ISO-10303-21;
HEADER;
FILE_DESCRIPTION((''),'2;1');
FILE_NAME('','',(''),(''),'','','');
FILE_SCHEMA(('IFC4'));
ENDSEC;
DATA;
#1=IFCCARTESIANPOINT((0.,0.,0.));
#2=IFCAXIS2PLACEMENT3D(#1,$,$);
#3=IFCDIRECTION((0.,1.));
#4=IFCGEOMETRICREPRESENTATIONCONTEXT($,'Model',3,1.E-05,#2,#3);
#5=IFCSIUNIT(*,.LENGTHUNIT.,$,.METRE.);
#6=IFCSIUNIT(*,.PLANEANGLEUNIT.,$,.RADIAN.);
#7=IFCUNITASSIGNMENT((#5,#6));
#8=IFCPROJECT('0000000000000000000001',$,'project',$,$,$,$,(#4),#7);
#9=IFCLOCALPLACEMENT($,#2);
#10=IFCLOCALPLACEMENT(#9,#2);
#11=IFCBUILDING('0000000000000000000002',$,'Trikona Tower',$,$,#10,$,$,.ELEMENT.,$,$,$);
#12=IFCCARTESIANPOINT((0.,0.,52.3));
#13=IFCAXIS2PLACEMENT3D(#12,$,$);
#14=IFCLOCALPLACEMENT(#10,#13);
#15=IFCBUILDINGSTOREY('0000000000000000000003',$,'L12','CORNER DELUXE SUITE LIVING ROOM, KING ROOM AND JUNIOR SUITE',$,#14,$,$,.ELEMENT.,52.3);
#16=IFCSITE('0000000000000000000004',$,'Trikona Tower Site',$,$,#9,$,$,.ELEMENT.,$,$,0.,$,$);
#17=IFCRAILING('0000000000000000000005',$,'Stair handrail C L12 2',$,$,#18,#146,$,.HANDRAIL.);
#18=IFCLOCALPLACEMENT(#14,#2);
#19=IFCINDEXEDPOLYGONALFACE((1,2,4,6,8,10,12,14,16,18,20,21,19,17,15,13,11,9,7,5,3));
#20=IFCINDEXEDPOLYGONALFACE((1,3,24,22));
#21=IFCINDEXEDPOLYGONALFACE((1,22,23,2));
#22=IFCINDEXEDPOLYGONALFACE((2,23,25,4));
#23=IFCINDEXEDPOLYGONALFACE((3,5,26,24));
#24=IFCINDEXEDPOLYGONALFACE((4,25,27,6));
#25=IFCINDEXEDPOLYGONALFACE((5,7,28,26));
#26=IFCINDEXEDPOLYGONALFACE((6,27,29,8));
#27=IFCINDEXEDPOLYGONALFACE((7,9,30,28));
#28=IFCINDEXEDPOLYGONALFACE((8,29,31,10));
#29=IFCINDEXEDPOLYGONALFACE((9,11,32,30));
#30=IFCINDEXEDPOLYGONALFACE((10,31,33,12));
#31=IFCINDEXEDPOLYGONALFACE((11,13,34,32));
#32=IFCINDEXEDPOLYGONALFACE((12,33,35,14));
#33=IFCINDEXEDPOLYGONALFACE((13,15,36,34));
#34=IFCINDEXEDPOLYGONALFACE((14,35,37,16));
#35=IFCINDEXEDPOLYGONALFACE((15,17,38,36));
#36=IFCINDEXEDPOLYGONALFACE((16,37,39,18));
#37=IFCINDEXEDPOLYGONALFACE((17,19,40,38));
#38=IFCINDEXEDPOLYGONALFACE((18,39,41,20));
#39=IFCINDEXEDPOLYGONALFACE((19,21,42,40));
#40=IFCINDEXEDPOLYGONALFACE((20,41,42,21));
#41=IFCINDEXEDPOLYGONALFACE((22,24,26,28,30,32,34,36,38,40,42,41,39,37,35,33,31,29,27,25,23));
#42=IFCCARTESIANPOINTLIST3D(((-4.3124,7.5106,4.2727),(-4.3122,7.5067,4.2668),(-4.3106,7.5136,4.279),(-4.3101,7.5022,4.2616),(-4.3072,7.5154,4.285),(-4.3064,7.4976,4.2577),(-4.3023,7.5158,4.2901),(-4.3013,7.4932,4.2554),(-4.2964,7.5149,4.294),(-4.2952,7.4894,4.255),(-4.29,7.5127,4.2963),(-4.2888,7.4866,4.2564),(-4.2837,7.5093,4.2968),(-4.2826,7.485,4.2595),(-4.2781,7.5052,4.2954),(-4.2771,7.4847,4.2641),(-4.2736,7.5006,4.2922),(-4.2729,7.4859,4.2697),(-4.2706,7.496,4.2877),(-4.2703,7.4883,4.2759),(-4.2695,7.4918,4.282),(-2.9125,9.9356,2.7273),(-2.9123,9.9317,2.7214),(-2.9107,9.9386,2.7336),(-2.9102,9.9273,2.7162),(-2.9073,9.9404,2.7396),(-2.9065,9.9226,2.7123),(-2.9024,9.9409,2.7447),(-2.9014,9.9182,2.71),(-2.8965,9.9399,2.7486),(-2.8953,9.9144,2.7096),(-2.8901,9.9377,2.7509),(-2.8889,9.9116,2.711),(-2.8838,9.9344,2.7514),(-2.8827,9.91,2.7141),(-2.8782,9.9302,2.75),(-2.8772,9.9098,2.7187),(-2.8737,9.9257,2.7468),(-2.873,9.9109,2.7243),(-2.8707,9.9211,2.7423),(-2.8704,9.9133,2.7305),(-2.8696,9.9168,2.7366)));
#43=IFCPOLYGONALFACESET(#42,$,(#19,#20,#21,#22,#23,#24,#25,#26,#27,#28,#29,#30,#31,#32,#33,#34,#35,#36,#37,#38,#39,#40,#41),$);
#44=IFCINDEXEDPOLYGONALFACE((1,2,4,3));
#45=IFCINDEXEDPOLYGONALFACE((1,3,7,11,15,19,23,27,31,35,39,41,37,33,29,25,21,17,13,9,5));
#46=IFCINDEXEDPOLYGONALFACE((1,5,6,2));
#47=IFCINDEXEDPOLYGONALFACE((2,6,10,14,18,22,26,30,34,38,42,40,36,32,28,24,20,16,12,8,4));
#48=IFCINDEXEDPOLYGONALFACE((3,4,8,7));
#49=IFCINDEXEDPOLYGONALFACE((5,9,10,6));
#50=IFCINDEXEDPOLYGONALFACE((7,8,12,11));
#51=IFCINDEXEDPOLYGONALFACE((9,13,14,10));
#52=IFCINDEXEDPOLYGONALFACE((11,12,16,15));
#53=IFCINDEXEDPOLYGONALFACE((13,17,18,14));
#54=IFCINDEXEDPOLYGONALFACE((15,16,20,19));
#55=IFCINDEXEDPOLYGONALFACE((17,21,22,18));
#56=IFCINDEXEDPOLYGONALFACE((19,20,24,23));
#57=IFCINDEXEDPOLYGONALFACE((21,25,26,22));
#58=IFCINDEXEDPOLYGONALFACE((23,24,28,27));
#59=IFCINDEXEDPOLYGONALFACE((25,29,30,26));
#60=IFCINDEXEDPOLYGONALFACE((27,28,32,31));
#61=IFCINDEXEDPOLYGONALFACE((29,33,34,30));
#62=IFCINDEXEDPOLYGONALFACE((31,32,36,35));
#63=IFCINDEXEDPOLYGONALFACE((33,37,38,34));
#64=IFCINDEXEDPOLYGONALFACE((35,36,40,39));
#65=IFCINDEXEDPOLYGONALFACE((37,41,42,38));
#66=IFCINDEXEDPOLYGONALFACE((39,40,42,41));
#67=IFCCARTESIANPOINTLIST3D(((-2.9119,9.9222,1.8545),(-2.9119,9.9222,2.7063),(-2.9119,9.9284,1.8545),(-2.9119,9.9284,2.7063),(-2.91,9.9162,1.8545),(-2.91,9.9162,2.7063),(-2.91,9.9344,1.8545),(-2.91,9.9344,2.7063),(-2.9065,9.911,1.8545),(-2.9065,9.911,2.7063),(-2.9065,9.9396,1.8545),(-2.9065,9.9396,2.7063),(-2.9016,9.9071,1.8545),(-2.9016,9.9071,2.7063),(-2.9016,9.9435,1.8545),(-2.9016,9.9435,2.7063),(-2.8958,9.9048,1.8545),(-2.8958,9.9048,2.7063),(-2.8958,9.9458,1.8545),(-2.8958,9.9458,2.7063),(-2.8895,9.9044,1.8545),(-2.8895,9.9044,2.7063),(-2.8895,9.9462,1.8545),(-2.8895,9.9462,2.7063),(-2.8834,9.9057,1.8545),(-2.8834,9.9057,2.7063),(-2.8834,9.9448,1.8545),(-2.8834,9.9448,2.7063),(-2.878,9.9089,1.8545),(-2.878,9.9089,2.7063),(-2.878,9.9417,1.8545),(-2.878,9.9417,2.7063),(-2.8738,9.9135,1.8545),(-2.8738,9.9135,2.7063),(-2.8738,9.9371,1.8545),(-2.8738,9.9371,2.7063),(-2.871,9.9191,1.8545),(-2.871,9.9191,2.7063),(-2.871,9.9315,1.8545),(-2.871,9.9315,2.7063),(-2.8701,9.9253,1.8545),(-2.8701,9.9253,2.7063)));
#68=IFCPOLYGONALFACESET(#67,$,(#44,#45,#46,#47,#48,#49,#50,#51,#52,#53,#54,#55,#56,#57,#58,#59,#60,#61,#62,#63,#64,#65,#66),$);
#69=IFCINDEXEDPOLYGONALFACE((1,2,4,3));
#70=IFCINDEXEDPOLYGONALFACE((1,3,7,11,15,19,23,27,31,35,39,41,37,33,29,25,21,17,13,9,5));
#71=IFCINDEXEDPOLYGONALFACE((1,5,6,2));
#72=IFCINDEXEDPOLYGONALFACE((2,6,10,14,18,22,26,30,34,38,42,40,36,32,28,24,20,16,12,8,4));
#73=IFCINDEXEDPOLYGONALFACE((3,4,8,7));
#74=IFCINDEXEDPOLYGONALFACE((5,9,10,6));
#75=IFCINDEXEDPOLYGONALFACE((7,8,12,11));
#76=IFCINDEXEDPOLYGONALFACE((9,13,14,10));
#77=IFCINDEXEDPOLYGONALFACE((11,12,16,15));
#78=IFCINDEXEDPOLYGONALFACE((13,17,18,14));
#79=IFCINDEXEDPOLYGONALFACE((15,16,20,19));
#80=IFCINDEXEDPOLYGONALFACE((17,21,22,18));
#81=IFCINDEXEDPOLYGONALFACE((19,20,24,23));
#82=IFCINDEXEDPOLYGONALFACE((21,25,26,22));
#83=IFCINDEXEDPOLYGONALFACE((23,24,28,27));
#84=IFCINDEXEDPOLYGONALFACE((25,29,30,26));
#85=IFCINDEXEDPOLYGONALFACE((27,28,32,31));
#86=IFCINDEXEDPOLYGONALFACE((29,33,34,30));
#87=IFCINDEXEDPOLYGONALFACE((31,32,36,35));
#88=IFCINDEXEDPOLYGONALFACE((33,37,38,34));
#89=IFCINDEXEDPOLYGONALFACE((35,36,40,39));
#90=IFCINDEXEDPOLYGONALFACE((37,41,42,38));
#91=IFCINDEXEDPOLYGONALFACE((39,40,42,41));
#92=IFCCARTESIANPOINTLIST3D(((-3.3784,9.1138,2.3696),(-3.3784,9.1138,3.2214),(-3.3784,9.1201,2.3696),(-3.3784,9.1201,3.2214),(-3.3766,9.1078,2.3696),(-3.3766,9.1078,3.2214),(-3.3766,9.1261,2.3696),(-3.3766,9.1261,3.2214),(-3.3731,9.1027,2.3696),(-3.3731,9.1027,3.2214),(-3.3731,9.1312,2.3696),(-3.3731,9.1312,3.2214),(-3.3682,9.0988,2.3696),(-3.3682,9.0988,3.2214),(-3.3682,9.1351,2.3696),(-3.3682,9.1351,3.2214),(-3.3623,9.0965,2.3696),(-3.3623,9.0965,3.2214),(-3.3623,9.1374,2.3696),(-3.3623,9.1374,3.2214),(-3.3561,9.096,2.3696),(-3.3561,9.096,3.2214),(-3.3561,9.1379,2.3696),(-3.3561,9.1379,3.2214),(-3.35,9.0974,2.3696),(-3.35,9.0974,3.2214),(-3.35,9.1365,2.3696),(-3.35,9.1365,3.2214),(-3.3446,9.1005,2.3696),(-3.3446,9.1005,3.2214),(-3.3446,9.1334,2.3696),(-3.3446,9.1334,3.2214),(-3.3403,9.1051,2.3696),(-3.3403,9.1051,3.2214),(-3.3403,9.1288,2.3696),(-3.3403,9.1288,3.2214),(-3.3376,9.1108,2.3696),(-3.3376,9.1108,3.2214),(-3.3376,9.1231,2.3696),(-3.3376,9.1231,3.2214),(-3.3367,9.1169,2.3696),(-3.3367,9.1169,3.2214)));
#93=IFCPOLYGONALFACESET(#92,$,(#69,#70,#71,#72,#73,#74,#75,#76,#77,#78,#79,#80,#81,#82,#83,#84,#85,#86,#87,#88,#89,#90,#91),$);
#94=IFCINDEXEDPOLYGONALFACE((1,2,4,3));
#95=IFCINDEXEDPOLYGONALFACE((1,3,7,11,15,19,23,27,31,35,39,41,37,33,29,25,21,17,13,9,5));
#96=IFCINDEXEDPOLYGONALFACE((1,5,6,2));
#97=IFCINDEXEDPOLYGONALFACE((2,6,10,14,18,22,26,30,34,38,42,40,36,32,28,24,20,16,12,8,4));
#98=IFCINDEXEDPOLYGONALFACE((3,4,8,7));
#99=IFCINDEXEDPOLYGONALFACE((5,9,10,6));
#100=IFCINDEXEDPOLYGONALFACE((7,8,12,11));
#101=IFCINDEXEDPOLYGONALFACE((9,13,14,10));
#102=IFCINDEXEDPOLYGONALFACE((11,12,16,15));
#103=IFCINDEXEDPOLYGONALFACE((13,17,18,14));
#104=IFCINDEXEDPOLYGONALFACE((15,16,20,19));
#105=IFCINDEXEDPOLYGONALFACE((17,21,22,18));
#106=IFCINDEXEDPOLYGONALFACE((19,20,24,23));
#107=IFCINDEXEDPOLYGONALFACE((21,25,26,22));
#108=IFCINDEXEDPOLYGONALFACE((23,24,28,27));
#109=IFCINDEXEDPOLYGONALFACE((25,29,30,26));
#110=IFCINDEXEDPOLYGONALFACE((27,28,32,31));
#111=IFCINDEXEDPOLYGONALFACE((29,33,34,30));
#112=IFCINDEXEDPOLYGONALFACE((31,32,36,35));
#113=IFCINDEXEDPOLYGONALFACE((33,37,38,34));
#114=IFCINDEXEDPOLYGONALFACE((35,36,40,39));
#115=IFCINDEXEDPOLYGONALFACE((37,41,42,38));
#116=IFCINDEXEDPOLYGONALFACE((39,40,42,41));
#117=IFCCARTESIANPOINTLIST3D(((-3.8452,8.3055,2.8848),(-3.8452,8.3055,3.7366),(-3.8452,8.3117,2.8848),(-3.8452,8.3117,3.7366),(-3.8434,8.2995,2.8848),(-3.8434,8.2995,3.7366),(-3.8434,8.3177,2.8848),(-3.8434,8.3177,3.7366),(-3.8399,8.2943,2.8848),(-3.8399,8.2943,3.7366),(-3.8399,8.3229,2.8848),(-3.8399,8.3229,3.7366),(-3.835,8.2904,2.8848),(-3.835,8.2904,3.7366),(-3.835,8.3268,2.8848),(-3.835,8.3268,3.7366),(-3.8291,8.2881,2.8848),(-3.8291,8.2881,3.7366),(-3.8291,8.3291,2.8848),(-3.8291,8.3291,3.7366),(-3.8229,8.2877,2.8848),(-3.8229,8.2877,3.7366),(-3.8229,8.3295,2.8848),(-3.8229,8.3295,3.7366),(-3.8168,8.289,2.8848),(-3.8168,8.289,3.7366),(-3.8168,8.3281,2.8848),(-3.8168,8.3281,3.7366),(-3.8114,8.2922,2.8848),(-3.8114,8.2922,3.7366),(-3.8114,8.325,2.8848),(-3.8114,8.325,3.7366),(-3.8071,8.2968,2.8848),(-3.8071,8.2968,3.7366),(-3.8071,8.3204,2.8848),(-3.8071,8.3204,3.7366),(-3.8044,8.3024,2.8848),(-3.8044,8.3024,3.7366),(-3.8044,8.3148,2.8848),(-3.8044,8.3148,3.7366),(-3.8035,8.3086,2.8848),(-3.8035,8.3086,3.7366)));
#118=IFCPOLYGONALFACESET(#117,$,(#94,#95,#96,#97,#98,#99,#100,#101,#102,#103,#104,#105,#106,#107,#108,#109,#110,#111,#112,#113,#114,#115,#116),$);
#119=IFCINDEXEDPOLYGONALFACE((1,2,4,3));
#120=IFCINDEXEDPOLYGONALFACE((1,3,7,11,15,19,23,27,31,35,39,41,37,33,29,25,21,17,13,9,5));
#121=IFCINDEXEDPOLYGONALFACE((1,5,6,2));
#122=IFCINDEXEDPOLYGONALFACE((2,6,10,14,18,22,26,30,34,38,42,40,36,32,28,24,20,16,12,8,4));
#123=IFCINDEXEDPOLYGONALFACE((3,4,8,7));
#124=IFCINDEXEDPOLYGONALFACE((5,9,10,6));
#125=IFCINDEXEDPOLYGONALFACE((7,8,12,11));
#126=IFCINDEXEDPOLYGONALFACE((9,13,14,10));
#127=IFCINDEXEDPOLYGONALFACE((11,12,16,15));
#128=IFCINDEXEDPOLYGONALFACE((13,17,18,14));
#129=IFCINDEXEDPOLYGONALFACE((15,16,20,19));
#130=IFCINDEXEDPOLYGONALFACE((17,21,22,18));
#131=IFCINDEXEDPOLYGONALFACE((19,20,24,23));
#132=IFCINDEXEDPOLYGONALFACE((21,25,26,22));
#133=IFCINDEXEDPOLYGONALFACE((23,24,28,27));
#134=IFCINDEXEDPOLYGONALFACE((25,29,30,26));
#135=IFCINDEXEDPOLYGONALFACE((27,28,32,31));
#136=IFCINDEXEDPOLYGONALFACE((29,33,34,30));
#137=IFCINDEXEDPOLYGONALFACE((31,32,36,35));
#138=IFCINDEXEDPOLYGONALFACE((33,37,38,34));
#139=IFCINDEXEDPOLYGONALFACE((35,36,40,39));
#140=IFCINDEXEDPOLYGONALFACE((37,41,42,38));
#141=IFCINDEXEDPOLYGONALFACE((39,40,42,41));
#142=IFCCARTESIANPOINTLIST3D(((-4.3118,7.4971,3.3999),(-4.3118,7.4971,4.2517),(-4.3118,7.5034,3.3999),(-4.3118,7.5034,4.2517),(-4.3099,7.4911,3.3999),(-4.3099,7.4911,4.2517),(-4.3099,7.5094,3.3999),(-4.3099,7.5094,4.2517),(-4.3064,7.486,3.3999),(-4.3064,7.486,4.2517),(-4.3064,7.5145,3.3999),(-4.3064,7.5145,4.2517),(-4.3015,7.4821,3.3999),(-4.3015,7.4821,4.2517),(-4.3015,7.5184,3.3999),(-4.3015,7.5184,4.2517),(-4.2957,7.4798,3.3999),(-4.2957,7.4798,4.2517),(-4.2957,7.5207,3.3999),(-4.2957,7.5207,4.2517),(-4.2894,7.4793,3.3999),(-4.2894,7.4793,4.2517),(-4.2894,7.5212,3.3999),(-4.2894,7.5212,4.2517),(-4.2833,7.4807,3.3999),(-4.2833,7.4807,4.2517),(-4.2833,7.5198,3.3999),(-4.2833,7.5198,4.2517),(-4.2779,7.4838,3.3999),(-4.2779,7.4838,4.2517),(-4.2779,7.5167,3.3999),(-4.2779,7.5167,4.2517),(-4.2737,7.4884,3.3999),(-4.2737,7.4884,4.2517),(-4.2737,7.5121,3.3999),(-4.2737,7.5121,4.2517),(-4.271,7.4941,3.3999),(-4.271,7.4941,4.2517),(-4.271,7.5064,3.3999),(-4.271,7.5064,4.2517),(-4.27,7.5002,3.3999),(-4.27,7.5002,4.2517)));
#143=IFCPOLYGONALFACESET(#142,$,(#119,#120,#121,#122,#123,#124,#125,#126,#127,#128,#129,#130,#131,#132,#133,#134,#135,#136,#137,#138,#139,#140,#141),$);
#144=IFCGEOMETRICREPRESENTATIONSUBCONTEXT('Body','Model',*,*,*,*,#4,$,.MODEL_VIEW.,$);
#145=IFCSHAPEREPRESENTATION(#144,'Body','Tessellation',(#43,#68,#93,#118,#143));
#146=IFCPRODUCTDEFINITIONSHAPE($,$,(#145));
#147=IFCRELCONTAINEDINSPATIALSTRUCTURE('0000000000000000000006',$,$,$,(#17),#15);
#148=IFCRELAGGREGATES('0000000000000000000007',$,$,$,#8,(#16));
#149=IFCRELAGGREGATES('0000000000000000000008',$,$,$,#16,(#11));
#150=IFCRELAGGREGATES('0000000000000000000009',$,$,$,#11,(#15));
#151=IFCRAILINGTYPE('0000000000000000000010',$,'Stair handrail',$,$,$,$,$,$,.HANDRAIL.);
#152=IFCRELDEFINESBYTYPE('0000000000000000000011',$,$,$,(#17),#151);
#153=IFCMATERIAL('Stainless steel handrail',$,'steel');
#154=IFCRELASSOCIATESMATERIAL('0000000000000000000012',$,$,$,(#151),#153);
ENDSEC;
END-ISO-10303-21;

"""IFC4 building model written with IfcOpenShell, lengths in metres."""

from ifc_helpers import new_model, si_unit, direction, frame, origin, origin_2d, place, context, subcontext, project, spatial, circle, extrude, material, type_object, element, save


model = new_model("IFC4")

# Units and contexts
model_context = context("Model", 3, precision=1e-05, world=origin(), true_north=direction((0.0, 1.0)))
body_context = subcontext(model_context, "Body", "Model", "MODEL_VIEW")
ifc_project = project(units=[si_unit("LENGTHUNIT", "METRE"), si_unit("PLANEANGLEUNIT", "RADIAN")], contexts=[model_context])

# Site, building, storey
site_placement = place(None, origin())
site = spatial("IfcSite", under=ifc_project, at=site_placement, Name="Trikona Tower Site", CompositionType="ELEMENT", RefElevation=0.0)
building_placement = place(site_placement, origin())
building = spatial("IfcBuilding", under=site, at=building_placement, Name="Trikona Tower", CompositionType="ELEMENT")
storey_placement = place(building_placement, frame((0.0, 0.0, 52.3)))
storey = spatial("IfcBuildingStorey", under=building, at=storey_placement, Name="L12", Description="CORNER DELUXE SUITE LIVING ROOM, KING ROOM AND JUNIOR SUITE", CompositionType="ELEMENT", Elevation=52.3)

# Railing
ifc_material_1 = material(Name="Stainless steel handrail", Category="steel")
railing_type = type_object("IfcRailingType", Name="Stair handrail", PredefinedType="HANDRAIL", material=ifc_material_1)
railing_1_placement = place(storey_placement, frame((-2.8911, 9.9253, 1.8545)))
element("IfcRailing", 1, at=railing_1_placement, inside=storey, type_object=railing_type, Name="Stair handrail C L12 2", PredefinedType="HANDRAIL", context=body_context, shape_type="SweptSolid", body=[
    extrude(circle(Radius=0.0239, at=origin_2d()), frame((0.0, 0.0, 0.876), z_axis=(-0.437707, -0.75824, 0.483203), x_axis=(0.866056, -0.499946, 0.0)), (0.0, 0.0, 1.0), 3.1982),
    extrude(circle(Radius=0.021, at=origin_2d()), origin(), (0.0, 0.0, 1.0), 0.8518),
    extrude(circle(Radius=0.021, at=origin_2d()), frame((-0.4666, -0.8083, 0.5151)), (0.0, 0.0, 1.0), 0.8518),
    extrude(circle(Radius=0.021, at=origin_2d()), frame((-0.9333, -1.6167, 1.0303)), (0.0, 0.0, 1.0), 0.8518),
    extrude(circle(Radius=0.021, at=origin_2d()), frame((-1.3999, -2.425, 1.5454)), (0.0, 0.0, 1.0), 0.8518),
])

save(model, "model.ifc")
